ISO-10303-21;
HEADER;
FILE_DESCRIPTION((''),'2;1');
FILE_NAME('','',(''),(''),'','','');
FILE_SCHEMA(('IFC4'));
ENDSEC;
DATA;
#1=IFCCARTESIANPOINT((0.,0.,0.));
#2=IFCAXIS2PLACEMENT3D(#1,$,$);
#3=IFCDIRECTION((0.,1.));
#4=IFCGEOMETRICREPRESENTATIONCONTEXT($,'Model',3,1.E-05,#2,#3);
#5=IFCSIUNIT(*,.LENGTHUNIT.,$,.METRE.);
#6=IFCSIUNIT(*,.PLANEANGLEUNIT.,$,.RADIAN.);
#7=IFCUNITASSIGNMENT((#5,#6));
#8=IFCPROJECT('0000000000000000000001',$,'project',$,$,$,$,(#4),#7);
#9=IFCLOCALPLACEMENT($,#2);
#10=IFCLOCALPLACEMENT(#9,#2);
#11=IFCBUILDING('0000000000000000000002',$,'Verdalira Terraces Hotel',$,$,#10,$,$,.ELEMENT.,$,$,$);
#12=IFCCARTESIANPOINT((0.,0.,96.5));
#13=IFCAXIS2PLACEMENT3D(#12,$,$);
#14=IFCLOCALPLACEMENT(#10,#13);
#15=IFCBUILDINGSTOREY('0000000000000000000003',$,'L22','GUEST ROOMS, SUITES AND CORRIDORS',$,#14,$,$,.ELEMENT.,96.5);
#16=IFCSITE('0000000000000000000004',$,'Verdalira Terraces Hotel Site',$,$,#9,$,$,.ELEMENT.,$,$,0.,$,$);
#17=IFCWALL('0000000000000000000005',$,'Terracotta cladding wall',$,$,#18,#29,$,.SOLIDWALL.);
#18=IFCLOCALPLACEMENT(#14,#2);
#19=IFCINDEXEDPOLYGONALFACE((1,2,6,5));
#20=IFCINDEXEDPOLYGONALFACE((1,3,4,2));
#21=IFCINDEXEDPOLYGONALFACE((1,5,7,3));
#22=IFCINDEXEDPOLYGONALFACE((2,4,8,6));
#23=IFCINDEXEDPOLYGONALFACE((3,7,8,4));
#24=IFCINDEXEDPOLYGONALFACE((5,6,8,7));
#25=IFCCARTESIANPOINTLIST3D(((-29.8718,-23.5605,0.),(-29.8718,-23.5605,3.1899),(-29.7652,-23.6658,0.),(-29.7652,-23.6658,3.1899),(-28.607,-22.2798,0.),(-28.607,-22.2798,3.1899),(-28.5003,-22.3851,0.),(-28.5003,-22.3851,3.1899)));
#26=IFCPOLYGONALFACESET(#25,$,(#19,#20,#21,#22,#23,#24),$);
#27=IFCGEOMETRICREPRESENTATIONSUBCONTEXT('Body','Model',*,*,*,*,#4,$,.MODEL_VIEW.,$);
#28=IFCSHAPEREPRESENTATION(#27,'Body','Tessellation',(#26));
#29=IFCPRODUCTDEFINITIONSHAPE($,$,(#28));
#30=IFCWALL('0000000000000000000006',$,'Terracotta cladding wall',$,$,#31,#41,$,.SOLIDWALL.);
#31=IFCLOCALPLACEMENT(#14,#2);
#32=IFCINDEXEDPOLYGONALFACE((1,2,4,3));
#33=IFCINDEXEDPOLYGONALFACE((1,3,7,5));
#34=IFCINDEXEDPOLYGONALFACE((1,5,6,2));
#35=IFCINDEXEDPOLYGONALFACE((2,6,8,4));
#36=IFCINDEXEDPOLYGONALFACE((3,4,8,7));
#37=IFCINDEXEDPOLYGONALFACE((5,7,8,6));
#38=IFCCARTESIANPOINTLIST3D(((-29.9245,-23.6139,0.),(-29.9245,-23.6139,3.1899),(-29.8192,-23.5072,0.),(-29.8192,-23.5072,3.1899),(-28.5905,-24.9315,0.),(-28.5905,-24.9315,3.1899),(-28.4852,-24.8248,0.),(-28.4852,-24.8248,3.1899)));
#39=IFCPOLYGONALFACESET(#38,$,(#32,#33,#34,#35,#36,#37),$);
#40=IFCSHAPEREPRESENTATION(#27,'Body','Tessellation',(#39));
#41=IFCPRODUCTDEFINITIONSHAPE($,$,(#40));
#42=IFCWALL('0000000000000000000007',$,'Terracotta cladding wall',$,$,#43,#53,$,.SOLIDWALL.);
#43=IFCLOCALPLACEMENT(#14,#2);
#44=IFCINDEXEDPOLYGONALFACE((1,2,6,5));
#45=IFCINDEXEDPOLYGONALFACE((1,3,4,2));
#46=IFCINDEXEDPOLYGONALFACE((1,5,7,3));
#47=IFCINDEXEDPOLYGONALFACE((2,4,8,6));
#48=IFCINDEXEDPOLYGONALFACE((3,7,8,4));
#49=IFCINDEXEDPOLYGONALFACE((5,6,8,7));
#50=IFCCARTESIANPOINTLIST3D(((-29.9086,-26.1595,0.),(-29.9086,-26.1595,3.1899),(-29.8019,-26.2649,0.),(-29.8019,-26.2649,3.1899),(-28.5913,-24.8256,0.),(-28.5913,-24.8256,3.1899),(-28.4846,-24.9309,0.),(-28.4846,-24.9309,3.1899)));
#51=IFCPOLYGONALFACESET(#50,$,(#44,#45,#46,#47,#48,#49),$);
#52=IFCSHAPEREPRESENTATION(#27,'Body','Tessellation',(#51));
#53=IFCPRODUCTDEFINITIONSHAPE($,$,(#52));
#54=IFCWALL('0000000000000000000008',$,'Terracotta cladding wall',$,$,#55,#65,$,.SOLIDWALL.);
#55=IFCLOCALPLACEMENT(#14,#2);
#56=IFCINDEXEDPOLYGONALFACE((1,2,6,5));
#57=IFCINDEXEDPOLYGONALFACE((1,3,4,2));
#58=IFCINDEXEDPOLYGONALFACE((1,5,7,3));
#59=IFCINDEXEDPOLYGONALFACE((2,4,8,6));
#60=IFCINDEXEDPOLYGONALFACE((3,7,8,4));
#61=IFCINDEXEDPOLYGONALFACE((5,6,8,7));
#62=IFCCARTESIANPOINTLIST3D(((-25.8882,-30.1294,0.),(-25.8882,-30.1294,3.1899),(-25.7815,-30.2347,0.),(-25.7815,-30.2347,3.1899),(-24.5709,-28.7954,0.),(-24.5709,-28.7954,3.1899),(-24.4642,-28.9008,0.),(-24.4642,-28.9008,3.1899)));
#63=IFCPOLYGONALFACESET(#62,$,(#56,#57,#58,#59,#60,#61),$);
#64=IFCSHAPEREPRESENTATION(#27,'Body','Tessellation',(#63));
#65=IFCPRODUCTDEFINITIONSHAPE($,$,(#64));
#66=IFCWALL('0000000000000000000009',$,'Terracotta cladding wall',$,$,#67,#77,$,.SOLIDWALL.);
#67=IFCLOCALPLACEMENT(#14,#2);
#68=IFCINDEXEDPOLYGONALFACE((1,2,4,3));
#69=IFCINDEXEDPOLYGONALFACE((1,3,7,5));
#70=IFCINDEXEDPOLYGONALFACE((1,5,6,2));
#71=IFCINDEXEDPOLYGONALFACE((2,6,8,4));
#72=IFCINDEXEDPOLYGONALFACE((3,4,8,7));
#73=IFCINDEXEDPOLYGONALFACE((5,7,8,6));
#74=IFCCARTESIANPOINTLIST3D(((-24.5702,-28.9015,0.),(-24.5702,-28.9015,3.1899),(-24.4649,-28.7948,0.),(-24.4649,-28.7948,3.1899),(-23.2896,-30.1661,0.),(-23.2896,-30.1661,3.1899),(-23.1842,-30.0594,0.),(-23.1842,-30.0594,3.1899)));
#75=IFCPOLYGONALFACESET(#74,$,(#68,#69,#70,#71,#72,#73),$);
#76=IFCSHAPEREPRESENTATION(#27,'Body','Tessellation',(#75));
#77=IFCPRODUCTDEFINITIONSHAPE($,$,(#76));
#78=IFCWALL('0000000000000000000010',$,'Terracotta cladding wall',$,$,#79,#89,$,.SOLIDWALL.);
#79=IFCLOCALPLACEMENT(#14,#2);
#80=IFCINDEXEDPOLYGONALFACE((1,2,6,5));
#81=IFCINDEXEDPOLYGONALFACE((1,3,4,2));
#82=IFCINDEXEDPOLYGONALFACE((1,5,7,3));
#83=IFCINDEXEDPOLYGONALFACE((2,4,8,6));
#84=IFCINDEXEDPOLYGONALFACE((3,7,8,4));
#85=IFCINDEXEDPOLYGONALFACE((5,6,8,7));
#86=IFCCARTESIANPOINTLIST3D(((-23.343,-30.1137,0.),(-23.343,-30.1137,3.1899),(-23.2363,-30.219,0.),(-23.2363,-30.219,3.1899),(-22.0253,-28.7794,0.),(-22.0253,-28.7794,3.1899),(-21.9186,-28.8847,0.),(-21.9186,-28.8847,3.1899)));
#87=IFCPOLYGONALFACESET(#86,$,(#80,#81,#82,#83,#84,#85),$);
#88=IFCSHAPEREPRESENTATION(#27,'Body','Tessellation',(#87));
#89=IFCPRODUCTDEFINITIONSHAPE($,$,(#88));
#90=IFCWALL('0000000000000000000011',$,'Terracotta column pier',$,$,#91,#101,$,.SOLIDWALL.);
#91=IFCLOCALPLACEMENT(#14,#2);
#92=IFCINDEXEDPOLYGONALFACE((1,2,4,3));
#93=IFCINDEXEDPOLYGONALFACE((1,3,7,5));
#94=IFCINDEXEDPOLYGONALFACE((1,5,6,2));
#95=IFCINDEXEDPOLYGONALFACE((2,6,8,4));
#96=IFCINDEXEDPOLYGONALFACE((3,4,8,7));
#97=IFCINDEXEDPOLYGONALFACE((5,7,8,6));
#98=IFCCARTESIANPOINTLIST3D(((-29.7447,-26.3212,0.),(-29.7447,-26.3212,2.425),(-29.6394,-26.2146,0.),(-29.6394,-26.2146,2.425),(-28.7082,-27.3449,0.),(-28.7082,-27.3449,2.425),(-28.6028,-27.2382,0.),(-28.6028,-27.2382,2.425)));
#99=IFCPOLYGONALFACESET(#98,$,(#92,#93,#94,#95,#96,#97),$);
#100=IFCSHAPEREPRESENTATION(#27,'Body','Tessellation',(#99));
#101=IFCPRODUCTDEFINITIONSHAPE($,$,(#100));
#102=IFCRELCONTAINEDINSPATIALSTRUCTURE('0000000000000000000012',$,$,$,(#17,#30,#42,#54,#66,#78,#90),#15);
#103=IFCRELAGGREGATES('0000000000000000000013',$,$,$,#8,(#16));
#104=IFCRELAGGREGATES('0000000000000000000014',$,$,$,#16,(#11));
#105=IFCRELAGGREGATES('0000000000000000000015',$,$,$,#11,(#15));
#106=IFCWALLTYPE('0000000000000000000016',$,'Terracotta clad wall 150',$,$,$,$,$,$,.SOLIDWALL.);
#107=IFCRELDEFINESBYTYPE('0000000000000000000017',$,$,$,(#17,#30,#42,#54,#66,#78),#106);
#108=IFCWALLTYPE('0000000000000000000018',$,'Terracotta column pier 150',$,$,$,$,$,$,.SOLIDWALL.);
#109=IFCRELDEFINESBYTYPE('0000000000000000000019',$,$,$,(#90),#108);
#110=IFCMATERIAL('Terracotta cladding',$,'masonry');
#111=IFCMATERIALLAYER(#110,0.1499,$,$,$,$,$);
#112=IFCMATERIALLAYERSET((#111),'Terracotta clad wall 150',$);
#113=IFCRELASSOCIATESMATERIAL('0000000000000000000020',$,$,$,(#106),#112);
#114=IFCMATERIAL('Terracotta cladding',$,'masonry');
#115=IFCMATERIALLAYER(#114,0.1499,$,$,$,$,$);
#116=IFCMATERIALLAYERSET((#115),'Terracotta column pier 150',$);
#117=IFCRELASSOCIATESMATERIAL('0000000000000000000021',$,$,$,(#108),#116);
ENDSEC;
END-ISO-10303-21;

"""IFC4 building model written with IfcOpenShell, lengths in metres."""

from ifc_helpers import new_model, si_unit, direction, frame, frame_2d, origin, place, context, subcontext, project, spatial, rectangle, extrude, material, layer, layer_set, type_object, element, save


model = new_model("IFC4")

# Units and contexts
model_context = context("Model", 3, precision=1e-05, world=origin(), true_north=direction((0.0, 1.0)))
body_context = subcontext(model_context, "Body", "Model", "MODEL_VIEW")
ifc_project = project(units=[si_unit("LENGTHUNIT", "METRE"), si_unit("PLANEANGLEUNIT", "RADIAN")], contexts=[model_context])

# Site, building, storey
site_placement = place(None, origin())
site = spatial("IfcSite", under=ifc_project, at=site_placement, Name="Verdalira Terraces Hotel Site", CompositionType="ELEMENT", RefElevation=0.0)
building_placement = place(site_placement, origin())
building = spatial("IfcBuilding", under=site, at=building_placement, Name="Verdalira Terraces Hotel", CompositionType="ELEMENT")
storey_placement = place(building_placement, frame((0.0, 0.0, 96.5)))
storey = spatial("IfcBuildingStorey", under=building, at=storey_placement, Name="L22", Description="GUEST ROOMS, SUITES AND CORRIDORS", CompositionType="ELEMENT", Elevation=96.5)

# Walls
ifc_material_1 = material(Name="Terracotta cladding", Category="masonry")
ifc_layer_1 = layer(ifc_material_1, 0.1499)
ifc_layer_set_1 = layer_set([ifc_layer_1], Name="Terracotta clad wall 150")
wall_type_1 = type_object("IfcWallType", Name="Terracotta clad wall 150", PredefinedType="SOLIDWALL", material=ifc_layer_set_1)
wall_1_placement = place(storey_placement, frame((-28.5537, -22.3325, 0.0), z_axis=(0.0, 0.0, 1.0), x_axis=(-0.702685, -0.711501, 0.0)))
element("IfcWall", 1, at=wall_1_placement, inside=storey, type_object=wall_type_1, Name="Terracotta cladding wall", PredefinedType="SOLIDWALL", context=body_context, shape_type="SweptSolid", body=[
    extrude(rectangle(XDim=1.8, YDim=0.1499, at=frame_2d((0.8999, 0.0))), origin(), (0.0, 0.0, 1.0), 3.1899),
])
wall_2_placement = place(storey_placement, frame((-29.8718, -23.5605, 0.0), z_axis=(0.0, 0.0, 1.0), x_axis=(0.711455, -0.702731, 0.0)))
element("IfcWall", 2, at=wall_2_placement, inside=storey, type_object=wall_type_1, Name="Terracotta cladding wall", PredefinedType="SOLIDWALL", context=body_context, shape_type="SweptSolid", body=[
    extrude(rectangle(XDim=1.875, YDim=0.1499, at=frame_2d((0.9375, 0.0))), origin(), (0.0, 0.0, 1.0), 3.1899),
])
for number, where, z_axis, x_axis, name in (
    (3, (-28.5378, -24.8782, 0.0), (0.0, 0.0, 1.0), (-0.702665, -0.71152, 0.0), "Terracotta cladding wall"),
    (4, (-25.835, -30.1821, 0.0), (0.0, 0.0, 1.0), (0.702665, 0.71152, 0.0), "Terracotta cladding wall"),
):
    element("IfcWall", number, at=place(storey_placement, frame(where, z_axis=z_axis, x_axis=x_axis)), inside=storey, type_object=wall_type_1, Name=name, PredefinedType="SOLIDWALL", context=body_context, shape_type="SweptSolid", body=[
        extrude(rectangle(XDim=1.8748, YDim=0.1499, at=frame_2d((0.9375, 0.0))), origin(), (0.0, 0.0, 1.0), 3.1899),
    ])
wall_3_placement = place(storey_placement, frame((-24.5176, -28.8481, 0.0), z_axis=(0.0, 0.0, 1.0), x_axis=(0.711569, -0.702616, 0.0)))
element("IfcWall", 5, at=wall_3_placement, inside=storey, type_object=wall_type_1, Name="Terracotta cladding wall", PredefinedType="SOLIDWALL", context=body_context, shape_type="SweptSolid", body=[
    extrude(rectangle(XDim=1.7998, YDim=0.1499, at=frame_2d((0.8999, 0.0))), origin(), (0.0, 0.0, 1.0), 3.1899),
])
wall_4_placement = place(storey_placement, frame((-23.2896, -30.1663, 0.0), z_axis=(0.0, 0.0, 1.0), x_axis=(0.702666, 0.71152, 0.0)))
element("IfcWall", 6, at=wall_4_placement, inside=storey, type_object=wall_type_1, Name="Terracotta cladding wall", PredefinedType="SOLIDWALL", context=body_context, shape_type="SweptSolid", body=[
    extrude(rectangle(XDim=1.8752, YDim=0.1499, at=frame_2d((0.9375, 0.0))), origin(), (0.0, 0.0, 1.0), 3.1899),
])
ifc_material_2 = material(Name="Terracotta cladding", Category="masonry")
ifc_layer_2 = layer(ifc_material_2, 0.1499)
ifc_layer_set_2 = layer_set([ifc_layer_2], Name="Terracotta column pier 150")
wall_type_2 = type_object("IfcWallType", Name="Terracotta column pier 150", PredefinedType="SOLIDWALL", material=ifc_layer_set_2)
wall_5_placement = place(storey_placement, frame((-29.6921, -26.2678, 0.0), z_axis=(0.0, 0.0, 1.0), x_axis=(0.711534, -0.702652, 0.0)))
element("IfcWall", 7, at=wall_5_placement, inside=storey, type_object=wall_type_2, Name="Terracotta column pier", PredefinedType="SOLIDWALL", context=body_context, shape_type="SweptSolid", body=[
    extrude(rectangle(XDim=1.4568, YDim=0.1499, at=frame_2d((0.7285, 0.0))), origin(), (0.0, 0.0, 1.0), 2.425),
])

save(model, "model.ifc")
